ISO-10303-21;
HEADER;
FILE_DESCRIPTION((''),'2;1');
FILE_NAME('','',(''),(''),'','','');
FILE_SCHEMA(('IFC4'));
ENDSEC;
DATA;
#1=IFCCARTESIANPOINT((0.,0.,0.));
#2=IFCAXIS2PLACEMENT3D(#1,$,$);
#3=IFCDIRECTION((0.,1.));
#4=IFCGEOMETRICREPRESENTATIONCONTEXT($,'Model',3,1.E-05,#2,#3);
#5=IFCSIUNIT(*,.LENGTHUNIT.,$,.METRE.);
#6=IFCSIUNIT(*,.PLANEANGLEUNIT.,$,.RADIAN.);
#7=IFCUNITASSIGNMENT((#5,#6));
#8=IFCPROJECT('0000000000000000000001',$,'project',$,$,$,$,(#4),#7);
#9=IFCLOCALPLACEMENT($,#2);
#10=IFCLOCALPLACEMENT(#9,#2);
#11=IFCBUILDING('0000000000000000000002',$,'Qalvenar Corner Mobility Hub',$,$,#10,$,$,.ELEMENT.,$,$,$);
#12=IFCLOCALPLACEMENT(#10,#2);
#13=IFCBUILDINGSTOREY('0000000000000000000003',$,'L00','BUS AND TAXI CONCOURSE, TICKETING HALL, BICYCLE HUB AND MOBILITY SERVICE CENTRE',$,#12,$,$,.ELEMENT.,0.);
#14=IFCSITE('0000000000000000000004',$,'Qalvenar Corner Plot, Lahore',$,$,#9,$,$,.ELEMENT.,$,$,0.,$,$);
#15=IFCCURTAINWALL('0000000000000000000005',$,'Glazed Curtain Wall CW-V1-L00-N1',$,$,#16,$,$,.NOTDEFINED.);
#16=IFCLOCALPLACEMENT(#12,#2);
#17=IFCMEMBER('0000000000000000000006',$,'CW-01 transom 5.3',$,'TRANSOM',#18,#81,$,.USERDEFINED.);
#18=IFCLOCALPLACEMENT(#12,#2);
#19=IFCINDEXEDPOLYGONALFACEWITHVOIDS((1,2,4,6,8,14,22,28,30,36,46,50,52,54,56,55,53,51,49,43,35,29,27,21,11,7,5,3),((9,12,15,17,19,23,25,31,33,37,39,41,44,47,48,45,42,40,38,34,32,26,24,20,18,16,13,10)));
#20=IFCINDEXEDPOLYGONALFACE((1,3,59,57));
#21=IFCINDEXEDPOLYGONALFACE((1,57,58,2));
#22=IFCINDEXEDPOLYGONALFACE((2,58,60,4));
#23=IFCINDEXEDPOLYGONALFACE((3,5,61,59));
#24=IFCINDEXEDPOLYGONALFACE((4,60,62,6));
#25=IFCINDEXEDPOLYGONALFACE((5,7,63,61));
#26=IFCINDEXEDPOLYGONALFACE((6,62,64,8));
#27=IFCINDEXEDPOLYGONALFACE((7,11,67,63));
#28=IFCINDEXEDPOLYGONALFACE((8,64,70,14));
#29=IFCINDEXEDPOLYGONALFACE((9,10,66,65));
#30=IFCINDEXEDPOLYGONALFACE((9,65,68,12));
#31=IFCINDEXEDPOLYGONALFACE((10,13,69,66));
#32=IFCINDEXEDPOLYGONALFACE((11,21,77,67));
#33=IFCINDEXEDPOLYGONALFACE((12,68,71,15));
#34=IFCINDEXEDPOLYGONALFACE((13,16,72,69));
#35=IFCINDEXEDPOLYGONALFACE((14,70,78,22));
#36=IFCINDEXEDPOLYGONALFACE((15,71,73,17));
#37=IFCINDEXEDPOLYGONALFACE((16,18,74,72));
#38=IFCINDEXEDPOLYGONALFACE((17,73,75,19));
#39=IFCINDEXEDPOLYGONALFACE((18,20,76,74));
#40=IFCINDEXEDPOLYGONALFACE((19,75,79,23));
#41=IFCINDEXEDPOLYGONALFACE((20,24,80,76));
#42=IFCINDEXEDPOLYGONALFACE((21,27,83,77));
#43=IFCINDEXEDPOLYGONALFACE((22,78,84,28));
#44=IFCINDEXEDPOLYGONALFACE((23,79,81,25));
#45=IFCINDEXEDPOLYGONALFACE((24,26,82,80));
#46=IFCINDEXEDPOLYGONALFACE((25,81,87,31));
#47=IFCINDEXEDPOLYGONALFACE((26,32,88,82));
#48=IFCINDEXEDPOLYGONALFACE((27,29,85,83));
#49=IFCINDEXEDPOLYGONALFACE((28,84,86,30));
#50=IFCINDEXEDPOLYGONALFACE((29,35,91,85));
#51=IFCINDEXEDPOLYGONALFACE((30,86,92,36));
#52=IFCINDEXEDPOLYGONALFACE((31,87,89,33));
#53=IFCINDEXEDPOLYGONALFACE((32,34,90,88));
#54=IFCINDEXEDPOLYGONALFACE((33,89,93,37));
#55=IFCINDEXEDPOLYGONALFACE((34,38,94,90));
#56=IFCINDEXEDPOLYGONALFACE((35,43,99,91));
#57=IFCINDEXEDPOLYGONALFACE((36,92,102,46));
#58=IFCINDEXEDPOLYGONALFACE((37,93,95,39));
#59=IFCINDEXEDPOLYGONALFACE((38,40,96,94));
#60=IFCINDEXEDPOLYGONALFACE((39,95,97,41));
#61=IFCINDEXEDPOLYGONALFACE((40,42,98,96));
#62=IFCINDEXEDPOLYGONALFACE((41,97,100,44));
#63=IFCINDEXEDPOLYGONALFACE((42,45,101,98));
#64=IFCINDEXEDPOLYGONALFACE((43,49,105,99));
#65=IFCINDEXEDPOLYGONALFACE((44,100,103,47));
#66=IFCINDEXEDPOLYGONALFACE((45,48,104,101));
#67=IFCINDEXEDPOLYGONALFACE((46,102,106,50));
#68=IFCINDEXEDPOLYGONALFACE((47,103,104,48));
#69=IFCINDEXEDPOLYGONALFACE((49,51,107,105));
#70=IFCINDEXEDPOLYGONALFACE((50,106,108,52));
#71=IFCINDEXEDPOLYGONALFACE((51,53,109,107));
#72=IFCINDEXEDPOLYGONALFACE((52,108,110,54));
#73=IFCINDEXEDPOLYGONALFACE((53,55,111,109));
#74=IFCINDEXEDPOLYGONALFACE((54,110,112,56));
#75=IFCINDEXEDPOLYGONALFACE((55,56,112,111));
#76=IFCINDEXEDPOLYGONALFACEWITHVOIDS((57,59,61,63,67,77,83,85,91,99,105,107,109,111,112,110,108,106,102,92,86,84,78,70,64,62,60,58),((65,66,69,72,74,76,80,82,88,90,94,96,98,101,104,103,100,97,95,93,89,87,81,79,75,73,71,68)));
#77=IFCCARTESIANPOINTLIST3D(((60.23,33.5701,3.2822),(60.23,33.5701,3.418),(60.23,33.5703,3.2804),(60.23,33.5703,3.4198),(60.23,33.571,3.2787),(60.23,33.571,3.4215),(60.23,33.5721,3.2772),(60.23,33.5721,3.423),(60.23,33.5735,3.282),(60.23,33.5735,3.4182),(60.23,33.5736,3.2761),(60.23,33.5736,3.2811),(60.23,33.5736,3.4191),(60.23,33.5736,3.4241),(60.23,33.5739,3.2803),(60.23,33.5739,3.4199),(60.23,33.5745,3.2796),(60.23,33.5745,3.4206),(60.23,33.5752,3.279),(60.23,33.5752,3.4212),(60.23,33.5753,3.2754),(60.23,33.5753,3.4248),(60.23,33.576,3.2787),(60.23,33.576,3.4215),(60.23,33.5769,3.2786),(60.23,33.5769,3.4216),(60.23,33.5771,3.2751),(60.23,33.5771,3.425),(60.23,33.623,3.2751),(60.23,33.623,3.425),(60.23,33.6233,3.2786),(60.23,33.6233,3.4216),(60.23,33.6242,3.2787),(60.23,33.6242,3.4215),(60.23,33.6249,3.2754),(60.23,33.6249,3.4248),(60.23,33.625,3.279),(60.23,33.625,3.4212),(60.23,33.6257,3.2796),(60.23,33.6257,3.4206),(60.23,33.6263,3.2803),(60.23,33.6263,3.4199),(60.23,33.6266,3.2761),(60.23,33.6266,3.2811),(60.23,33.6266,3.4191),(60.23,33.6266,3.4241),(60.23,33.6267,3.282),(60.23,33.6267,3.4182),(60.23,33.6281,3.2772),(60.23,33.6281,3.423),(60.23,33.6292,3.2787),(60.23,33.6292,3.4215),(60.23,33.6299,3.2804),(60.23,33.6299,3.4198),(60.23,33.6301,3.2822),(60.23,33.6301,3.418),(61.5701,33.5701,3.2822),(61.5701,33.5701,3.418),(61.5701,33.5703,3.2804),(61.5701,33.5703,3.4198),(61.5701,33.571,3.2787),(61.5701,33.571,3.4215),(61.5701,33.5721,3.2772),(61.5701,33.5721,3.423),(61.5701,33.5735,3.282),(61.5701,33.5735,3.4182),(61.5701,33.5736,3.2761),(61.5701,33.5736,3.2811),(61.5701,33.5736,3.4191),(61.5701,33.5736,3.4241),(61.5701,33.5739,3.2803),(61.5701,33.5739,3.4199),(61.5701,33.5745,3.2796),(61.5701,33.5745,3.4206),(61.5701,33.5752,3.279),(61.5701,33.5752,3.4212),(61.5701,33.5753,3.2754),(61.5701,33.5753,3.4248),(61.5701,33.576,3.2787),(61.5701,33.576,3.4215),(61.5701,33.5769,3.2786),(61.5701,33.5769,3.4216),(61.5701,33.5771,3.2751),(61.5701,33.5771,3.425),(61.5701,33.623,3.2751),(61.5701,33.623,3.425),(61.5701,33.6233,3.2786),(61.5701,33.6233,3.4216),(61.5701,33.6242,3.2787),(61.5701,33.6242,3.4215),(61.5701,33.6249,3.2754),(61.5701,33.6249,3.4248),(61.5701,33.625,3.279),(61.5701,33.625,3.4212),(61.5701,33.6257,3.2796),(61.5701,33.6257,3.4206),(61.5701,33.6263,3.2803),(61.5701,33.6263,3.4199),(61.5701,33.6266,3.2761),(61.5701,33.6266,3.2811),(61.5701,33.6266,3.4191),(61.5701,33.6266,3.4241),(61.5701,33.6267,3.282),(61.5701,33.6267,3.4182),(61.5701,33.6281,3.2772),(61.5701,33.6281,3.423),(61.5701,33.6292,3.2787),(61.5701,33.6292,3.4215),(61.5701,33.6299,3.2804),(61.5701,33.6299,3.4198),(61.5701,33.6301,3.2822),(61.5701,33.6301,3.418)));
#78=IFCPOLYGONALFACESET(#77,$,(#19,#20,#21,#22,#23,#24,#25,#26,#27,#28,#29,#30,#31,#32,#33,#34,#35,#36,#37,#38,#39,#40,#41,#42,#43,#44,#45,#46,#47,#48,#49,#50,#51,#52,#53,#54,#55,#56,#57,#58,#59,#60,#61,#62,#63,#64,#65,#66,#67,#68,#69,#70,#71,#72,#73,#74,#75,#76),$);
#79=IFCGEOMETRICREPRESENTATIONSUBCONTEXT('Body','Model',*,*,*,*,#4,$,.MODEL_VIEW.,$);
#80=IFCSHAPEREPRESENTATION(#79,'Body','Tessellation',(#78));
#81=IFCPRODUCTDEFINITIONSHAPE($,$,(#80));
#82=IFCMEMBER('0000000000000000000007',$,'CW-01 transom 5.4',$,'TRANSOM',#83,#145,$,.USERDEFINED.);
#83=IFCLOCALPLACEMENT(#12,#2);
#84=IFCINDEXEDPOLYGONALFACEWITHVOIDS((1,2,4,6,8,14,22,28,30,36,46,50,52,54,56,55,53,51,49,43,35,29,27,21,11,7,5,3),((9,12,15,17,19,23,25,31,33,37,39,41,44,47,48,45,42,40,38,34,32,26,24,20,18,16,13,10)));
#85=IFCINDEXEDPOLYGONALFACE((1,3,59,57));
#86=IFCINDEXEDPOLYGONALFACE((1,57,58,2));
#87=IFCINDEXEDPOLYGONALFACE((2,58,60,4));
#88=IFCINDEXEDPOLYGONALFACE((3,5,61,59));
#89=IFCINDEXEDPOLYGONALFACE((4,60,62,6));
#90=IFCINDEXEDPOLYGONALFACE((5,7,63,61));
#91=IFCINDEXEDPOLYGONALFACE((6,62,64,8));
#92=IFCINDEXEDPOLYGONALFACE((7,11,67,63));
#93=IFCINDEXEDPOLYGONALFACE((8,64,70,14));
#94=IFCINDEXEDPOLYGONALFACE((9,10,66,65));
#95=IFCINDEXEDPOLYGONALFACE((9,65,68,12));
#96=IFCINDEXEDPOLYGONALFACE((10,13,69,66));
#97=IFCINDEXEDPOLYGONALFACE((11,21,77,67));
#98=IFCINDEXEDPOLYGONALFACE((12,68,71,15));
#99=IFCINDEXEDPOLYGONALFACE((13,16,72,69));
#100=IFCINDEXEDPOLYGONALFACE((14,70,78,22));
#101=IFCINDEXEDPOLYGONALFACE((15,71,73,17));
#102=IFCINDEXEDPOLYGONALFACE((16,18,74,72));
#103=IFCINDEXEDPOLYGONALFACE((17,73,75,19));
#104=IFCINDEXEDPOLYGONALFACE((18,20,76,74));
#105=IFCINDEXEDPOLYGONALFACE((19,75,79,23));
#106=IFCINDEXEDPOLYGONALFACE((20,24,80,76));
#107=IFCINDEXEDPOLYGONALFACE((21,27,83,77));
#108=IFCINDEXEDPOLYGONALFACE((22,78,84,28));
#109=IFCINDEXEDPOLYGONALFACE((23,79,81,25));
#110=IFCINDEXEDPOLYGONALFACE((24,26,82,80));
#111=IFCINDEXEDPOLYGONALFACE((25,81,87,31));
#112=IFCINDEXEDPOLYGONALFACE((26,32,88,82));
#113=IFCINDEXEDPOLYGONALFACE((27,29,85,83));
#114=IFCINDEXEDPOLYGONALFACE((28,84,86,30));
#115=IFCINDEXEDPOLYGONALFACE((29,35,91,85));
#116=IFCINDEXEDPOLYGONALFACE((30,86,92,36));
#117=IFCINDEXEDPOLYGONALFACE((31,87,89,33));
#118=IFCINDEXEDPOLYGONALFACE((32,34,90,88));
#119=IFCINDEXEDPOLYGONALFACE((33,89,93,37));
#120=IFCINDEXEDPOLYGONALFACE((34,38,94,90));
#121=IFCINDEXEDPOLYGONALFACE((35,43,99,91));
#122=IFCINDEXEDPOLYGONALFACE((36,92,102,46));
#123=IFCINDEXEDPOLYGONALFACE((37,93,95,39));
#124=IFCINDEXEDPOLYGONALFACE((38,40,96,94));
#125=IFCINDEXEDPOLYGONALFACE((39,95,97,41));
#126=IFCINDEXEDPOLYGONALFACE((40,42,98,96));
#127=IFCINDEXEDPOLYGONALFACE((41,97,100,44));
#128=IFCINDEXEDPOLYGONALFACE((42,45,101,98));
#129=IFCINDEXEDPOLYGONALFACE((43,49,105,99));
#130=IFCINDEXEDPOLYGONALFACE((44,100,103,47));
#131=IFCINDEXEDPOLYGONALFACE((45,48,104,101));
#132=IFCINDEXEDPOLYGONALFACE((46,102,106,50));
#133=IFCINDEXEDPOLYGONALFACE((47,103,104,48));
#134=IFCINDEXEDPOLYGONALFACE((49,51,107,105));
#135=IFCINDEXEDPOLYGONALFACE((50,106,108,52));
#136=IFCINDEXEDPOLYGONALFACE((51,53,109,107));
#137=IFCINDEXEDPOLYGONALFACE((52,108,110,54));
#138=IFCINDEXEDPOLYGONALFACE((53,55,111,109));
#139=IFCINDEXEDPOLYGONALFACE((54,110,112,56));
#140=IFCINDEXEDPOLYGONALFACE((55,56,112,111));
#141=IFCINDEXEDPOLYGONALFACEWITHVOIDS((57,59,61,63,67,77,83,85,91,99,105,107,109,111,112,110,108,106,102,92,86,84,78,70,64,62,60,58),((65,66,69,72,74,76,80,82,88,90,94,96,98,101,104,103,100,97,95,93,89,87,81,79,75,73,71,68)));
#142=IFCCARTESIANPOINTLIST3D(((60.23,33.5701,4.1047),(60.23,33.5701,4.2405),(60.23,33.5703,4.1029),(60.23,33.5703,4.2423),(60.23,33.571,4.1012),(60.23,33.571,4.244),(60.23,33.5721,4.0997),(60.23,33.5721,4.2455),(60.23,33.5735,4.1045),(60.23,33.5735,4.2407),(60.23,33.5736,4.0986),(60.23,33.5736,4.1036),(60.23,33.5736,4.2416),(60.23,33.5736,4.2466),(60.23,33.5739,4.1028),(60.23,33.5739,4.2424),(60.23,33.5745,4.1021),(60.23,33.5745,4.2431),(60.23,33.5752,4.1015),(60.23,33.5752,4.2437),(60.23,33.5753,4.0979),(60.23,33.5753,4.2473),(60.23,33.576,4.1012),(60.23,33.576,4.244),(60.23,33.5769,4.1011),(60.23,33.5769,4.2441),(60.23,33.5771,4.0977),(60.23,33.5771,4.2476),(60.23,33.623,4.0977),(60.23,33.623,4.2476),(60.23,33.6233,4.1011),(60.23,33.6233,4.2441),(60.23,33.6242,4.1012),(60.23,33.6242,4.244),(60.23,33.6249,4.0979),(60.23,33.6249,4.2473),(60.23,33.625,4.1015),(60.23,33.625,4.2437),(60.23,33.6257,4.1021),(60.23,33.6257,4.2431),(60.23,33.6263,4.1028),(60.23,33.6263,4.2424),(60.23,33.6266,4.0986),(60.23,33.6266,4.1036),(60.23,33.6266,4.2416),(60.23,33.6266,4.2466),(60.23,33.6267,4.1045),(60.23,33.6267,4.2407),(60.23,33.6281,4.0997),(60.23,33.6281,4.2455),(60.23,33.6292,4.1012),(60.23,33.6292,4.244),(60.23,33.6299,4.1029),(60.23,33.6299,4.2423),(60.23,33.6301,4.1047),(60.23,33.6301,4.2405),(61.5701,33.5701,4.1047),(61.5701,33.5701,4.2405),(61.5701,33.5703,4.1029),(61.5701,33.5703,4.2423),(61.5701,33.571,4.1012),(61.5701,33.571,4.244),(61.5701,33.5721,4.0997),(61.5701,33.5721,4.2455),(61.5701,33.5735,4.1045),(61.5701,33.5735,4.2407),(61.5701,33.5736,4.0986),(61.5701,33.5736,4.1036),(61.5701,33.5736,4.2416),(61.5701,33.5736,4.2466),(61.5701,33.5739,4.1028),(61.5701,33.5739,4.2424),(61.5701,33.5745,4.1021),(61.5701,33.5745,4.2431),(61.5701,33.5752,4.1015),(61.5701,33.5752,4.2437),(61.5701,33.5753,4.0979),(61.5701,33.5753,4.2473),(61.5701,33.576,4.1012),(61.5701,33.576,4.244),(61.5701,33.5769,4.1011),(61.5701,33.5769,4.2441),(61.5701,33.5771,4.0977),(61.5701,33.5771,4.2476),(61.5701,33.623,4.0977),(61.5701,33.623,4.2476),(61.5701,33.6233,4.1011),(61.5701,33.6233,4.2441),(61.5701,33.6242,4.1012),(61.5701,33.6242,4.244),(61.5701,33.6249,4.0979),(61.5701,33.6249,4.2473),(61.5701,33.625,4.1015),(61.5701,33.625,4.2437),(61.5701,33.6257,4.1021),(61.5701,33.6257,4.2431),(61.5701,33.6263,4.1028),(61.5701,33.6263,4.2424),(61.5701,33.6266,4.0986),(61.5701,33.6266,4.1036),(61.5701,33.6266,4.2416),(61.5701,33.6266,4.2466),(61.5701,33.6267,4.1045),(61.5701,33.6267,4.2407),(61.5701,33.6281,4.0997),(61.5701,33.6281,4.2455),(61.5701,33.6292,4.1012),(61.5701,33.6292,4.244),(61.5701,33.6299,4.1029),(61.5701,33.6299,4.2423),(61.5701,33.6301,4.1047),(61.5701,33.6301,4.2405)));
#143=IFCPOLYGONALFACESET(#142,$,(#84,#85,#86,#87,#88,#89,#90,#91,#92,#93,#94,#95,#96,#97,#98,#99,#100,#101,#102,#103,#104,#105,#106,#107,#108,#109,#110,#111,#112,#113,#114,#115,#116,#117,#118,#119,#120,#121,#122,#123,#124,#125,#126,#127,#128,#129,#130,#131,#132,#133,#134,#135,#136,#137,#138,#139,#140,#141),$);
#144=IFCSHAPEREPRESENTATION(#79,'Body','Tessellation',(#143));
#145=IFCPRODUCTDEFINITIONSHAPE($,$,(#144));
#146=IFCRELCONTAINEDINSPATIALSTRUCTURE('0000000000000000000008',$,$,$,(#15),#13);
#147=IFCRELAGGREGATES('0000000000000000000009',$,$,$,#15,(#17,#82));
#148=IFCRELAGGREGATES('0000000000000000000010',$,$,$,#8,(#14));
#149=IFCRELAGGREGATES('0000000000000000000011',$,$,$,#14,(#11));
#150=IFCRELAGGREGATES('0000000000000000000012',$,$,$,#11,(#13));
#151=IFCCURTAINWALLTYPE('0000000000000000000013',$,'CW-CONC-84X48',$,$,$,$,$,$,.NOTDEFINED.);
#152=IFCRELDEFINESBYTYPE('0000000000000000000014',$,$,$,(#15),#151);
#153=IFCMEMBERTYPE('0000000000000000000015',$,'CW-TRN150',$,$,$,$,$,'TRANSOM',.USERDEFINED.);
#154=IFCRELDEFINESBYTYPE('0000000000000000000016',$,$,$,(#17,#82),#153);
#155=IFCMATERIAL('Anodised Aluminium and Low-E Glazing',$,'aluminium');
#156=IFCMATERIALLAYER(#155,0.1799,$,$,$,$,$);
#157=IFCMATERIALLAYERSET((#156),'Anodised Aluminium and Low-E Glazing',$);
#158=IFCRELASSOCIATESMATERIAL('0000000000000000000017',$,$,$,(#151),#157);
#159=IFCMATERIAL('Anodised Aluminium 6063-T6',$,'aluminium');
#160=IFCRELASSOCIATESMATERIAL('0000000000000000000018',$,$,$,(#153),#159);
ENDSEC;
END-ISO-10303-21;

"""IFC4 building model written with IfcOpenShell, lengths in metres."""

from ifc_helpers import new_model, si_unit, direction, frame, origin, origin_2d, place, context, subcontext, project, spatial, hollow_rectangle, extrude, material, layer, layer_set, material_profile, profile_set, type_object, element, aggregate, save


model = new_model("IFC4")

# Units and contexts
model_context = context("Model", 3, precision=1e-05, world=origin(), true_north=direction((0.0, 1.0)))
body_context = subcontext(model_context, "Body", "Model", "MODEL_VIEW")
ifc_project = project(units=[si_unit("LENGTHUNIT", "METRE"), si_unit("PLANEANGLEUNIT", "RADIAN")], contexts=[model_context])

# Site, building, storey
site_placement = place(None, origin())
site = spatial("IfcSite", under=ifc_project, at=site_placement, Name="Qalvenar Corner Plot, Lahore", CompositionType="ELEMENT", RefElevation=0.0)
building_placement = place(site_placement, origin())
building = spatial("IfcBuilding", under=site, at=building_placement, Name="Qalvenar Corner Mobility Hub", CompositionType="ELEMENT")
storey_placement = place(building_placement, origin())
storey = spatial("IfcBuildingStorey", under=building, at=storey_placement, Name="L00", Description="BUS AND TAXI CONCOURSE, TICKETING HALL, BICYCLE HUB AND MOBILITY SERVICE CENTRE", CompositionType="ELEMENT", Elevation=0.0)

# Curtain wall, members
ifc_material_1 = material(Name="Anodised Aluminium and Low-E Glazing", Category="aluminium")
ifc_layer_1 = layer(ifc_material_1, 0.1799)
ifc_layer_set_1 = layer_set([ifc_layer_1], Name="Anodised Aluminium and Low-E Glazing")
curtain_wall_type = type_object("IfcCurtainWallType", Name="CW-CONC-84X48", PredefinedType="NOTDEFINED", material=ifc_layer_set_1)
curtain_wall_placement = place(storey_placement, origin())
curtain_wall = element("IfcCurtainWall", 1, at=curtain_wall_placement, inside=storey, type_object=curtain_wall_type, Name="Glazed Curtain Wall CW-V1-L00-N1", PredefinedType="NOTDEFINED")
ifc_material_2 = material(Name="Anodised Aluminium 6063-T6", Category="aluminium")
ifc_material_profile_1 = material_profile(ifc_material_2, hollow_rectangle(XDim=0.0601, YDim=0.1499, WallThickness=0.0034, InnerFilletRadius=0.0034, OuterFilletRadius=0.0071, at=origin_2d()), Name="RHS150x60x3.5")
ifc_profile_set_1 = profile_set([ifc_material_profile_1], Name="Anodised Aluminium 6063-T6")
member_type_1 = type_object("IfcMemberType", Name="CW-TRN150", ElementType="TRANSOM", PredefinedType="USERDEFINED", material=ifc_profile_set_1)
member_1_placement = place(storey_placement, frame((61.5701, 33.6001, 3.3501), z_axis=(-1.0, 0.0, 0.0), x_axis=(0.0, -1.0, 0.0)))
member_1 = element("IfcMember", 2, at=member_1_placement, type_object=member_type_1, Name="CW-01 transom 5.3", ObjectType="TRANSOM", PredefinedType="USERDEFINED", context=body_context, shape_type="SweptSolid", body=[
    extrude(hollow_rectangle(XDim=0.0601, YDim=0.1499, WallThickness=0.0034, InnerFilletRadius=0.0034, OuterFilletRadius=0.0071, at=origin_2d()), origin(), (0.0, 0.0, 1.0), 1.3401),
])
member_2_placement = place(storey_placement, frame((61.5701, 33.6001, 4.1726), z_axis=(-1.0, 0.0, 0.0), x_axis=(0.0, -1.0, 0.0)))
member_2 = element("IfcMember", 3, at=member_2_placement, type_object=member_type_1, Name="CW-01 transom 5.4", ObjectType="TRANSOM", PredefinedType="USERDEFINED", context=body_context, shape_type="SweptSolid", body=[
    extrude(hollow_rectangle(XDim=0.0601, YDim=0.1499, WallThickness=0.0034, InnerFilletRadius=0.0034, OuterFilletRadius=0.0071, at=origin_2d()), origin(), (0.0, 0.0, 1.0), 1.3401),
])
aggregate(curtain_wall, [member_1, member_2])

save(model, "model.ifc")
